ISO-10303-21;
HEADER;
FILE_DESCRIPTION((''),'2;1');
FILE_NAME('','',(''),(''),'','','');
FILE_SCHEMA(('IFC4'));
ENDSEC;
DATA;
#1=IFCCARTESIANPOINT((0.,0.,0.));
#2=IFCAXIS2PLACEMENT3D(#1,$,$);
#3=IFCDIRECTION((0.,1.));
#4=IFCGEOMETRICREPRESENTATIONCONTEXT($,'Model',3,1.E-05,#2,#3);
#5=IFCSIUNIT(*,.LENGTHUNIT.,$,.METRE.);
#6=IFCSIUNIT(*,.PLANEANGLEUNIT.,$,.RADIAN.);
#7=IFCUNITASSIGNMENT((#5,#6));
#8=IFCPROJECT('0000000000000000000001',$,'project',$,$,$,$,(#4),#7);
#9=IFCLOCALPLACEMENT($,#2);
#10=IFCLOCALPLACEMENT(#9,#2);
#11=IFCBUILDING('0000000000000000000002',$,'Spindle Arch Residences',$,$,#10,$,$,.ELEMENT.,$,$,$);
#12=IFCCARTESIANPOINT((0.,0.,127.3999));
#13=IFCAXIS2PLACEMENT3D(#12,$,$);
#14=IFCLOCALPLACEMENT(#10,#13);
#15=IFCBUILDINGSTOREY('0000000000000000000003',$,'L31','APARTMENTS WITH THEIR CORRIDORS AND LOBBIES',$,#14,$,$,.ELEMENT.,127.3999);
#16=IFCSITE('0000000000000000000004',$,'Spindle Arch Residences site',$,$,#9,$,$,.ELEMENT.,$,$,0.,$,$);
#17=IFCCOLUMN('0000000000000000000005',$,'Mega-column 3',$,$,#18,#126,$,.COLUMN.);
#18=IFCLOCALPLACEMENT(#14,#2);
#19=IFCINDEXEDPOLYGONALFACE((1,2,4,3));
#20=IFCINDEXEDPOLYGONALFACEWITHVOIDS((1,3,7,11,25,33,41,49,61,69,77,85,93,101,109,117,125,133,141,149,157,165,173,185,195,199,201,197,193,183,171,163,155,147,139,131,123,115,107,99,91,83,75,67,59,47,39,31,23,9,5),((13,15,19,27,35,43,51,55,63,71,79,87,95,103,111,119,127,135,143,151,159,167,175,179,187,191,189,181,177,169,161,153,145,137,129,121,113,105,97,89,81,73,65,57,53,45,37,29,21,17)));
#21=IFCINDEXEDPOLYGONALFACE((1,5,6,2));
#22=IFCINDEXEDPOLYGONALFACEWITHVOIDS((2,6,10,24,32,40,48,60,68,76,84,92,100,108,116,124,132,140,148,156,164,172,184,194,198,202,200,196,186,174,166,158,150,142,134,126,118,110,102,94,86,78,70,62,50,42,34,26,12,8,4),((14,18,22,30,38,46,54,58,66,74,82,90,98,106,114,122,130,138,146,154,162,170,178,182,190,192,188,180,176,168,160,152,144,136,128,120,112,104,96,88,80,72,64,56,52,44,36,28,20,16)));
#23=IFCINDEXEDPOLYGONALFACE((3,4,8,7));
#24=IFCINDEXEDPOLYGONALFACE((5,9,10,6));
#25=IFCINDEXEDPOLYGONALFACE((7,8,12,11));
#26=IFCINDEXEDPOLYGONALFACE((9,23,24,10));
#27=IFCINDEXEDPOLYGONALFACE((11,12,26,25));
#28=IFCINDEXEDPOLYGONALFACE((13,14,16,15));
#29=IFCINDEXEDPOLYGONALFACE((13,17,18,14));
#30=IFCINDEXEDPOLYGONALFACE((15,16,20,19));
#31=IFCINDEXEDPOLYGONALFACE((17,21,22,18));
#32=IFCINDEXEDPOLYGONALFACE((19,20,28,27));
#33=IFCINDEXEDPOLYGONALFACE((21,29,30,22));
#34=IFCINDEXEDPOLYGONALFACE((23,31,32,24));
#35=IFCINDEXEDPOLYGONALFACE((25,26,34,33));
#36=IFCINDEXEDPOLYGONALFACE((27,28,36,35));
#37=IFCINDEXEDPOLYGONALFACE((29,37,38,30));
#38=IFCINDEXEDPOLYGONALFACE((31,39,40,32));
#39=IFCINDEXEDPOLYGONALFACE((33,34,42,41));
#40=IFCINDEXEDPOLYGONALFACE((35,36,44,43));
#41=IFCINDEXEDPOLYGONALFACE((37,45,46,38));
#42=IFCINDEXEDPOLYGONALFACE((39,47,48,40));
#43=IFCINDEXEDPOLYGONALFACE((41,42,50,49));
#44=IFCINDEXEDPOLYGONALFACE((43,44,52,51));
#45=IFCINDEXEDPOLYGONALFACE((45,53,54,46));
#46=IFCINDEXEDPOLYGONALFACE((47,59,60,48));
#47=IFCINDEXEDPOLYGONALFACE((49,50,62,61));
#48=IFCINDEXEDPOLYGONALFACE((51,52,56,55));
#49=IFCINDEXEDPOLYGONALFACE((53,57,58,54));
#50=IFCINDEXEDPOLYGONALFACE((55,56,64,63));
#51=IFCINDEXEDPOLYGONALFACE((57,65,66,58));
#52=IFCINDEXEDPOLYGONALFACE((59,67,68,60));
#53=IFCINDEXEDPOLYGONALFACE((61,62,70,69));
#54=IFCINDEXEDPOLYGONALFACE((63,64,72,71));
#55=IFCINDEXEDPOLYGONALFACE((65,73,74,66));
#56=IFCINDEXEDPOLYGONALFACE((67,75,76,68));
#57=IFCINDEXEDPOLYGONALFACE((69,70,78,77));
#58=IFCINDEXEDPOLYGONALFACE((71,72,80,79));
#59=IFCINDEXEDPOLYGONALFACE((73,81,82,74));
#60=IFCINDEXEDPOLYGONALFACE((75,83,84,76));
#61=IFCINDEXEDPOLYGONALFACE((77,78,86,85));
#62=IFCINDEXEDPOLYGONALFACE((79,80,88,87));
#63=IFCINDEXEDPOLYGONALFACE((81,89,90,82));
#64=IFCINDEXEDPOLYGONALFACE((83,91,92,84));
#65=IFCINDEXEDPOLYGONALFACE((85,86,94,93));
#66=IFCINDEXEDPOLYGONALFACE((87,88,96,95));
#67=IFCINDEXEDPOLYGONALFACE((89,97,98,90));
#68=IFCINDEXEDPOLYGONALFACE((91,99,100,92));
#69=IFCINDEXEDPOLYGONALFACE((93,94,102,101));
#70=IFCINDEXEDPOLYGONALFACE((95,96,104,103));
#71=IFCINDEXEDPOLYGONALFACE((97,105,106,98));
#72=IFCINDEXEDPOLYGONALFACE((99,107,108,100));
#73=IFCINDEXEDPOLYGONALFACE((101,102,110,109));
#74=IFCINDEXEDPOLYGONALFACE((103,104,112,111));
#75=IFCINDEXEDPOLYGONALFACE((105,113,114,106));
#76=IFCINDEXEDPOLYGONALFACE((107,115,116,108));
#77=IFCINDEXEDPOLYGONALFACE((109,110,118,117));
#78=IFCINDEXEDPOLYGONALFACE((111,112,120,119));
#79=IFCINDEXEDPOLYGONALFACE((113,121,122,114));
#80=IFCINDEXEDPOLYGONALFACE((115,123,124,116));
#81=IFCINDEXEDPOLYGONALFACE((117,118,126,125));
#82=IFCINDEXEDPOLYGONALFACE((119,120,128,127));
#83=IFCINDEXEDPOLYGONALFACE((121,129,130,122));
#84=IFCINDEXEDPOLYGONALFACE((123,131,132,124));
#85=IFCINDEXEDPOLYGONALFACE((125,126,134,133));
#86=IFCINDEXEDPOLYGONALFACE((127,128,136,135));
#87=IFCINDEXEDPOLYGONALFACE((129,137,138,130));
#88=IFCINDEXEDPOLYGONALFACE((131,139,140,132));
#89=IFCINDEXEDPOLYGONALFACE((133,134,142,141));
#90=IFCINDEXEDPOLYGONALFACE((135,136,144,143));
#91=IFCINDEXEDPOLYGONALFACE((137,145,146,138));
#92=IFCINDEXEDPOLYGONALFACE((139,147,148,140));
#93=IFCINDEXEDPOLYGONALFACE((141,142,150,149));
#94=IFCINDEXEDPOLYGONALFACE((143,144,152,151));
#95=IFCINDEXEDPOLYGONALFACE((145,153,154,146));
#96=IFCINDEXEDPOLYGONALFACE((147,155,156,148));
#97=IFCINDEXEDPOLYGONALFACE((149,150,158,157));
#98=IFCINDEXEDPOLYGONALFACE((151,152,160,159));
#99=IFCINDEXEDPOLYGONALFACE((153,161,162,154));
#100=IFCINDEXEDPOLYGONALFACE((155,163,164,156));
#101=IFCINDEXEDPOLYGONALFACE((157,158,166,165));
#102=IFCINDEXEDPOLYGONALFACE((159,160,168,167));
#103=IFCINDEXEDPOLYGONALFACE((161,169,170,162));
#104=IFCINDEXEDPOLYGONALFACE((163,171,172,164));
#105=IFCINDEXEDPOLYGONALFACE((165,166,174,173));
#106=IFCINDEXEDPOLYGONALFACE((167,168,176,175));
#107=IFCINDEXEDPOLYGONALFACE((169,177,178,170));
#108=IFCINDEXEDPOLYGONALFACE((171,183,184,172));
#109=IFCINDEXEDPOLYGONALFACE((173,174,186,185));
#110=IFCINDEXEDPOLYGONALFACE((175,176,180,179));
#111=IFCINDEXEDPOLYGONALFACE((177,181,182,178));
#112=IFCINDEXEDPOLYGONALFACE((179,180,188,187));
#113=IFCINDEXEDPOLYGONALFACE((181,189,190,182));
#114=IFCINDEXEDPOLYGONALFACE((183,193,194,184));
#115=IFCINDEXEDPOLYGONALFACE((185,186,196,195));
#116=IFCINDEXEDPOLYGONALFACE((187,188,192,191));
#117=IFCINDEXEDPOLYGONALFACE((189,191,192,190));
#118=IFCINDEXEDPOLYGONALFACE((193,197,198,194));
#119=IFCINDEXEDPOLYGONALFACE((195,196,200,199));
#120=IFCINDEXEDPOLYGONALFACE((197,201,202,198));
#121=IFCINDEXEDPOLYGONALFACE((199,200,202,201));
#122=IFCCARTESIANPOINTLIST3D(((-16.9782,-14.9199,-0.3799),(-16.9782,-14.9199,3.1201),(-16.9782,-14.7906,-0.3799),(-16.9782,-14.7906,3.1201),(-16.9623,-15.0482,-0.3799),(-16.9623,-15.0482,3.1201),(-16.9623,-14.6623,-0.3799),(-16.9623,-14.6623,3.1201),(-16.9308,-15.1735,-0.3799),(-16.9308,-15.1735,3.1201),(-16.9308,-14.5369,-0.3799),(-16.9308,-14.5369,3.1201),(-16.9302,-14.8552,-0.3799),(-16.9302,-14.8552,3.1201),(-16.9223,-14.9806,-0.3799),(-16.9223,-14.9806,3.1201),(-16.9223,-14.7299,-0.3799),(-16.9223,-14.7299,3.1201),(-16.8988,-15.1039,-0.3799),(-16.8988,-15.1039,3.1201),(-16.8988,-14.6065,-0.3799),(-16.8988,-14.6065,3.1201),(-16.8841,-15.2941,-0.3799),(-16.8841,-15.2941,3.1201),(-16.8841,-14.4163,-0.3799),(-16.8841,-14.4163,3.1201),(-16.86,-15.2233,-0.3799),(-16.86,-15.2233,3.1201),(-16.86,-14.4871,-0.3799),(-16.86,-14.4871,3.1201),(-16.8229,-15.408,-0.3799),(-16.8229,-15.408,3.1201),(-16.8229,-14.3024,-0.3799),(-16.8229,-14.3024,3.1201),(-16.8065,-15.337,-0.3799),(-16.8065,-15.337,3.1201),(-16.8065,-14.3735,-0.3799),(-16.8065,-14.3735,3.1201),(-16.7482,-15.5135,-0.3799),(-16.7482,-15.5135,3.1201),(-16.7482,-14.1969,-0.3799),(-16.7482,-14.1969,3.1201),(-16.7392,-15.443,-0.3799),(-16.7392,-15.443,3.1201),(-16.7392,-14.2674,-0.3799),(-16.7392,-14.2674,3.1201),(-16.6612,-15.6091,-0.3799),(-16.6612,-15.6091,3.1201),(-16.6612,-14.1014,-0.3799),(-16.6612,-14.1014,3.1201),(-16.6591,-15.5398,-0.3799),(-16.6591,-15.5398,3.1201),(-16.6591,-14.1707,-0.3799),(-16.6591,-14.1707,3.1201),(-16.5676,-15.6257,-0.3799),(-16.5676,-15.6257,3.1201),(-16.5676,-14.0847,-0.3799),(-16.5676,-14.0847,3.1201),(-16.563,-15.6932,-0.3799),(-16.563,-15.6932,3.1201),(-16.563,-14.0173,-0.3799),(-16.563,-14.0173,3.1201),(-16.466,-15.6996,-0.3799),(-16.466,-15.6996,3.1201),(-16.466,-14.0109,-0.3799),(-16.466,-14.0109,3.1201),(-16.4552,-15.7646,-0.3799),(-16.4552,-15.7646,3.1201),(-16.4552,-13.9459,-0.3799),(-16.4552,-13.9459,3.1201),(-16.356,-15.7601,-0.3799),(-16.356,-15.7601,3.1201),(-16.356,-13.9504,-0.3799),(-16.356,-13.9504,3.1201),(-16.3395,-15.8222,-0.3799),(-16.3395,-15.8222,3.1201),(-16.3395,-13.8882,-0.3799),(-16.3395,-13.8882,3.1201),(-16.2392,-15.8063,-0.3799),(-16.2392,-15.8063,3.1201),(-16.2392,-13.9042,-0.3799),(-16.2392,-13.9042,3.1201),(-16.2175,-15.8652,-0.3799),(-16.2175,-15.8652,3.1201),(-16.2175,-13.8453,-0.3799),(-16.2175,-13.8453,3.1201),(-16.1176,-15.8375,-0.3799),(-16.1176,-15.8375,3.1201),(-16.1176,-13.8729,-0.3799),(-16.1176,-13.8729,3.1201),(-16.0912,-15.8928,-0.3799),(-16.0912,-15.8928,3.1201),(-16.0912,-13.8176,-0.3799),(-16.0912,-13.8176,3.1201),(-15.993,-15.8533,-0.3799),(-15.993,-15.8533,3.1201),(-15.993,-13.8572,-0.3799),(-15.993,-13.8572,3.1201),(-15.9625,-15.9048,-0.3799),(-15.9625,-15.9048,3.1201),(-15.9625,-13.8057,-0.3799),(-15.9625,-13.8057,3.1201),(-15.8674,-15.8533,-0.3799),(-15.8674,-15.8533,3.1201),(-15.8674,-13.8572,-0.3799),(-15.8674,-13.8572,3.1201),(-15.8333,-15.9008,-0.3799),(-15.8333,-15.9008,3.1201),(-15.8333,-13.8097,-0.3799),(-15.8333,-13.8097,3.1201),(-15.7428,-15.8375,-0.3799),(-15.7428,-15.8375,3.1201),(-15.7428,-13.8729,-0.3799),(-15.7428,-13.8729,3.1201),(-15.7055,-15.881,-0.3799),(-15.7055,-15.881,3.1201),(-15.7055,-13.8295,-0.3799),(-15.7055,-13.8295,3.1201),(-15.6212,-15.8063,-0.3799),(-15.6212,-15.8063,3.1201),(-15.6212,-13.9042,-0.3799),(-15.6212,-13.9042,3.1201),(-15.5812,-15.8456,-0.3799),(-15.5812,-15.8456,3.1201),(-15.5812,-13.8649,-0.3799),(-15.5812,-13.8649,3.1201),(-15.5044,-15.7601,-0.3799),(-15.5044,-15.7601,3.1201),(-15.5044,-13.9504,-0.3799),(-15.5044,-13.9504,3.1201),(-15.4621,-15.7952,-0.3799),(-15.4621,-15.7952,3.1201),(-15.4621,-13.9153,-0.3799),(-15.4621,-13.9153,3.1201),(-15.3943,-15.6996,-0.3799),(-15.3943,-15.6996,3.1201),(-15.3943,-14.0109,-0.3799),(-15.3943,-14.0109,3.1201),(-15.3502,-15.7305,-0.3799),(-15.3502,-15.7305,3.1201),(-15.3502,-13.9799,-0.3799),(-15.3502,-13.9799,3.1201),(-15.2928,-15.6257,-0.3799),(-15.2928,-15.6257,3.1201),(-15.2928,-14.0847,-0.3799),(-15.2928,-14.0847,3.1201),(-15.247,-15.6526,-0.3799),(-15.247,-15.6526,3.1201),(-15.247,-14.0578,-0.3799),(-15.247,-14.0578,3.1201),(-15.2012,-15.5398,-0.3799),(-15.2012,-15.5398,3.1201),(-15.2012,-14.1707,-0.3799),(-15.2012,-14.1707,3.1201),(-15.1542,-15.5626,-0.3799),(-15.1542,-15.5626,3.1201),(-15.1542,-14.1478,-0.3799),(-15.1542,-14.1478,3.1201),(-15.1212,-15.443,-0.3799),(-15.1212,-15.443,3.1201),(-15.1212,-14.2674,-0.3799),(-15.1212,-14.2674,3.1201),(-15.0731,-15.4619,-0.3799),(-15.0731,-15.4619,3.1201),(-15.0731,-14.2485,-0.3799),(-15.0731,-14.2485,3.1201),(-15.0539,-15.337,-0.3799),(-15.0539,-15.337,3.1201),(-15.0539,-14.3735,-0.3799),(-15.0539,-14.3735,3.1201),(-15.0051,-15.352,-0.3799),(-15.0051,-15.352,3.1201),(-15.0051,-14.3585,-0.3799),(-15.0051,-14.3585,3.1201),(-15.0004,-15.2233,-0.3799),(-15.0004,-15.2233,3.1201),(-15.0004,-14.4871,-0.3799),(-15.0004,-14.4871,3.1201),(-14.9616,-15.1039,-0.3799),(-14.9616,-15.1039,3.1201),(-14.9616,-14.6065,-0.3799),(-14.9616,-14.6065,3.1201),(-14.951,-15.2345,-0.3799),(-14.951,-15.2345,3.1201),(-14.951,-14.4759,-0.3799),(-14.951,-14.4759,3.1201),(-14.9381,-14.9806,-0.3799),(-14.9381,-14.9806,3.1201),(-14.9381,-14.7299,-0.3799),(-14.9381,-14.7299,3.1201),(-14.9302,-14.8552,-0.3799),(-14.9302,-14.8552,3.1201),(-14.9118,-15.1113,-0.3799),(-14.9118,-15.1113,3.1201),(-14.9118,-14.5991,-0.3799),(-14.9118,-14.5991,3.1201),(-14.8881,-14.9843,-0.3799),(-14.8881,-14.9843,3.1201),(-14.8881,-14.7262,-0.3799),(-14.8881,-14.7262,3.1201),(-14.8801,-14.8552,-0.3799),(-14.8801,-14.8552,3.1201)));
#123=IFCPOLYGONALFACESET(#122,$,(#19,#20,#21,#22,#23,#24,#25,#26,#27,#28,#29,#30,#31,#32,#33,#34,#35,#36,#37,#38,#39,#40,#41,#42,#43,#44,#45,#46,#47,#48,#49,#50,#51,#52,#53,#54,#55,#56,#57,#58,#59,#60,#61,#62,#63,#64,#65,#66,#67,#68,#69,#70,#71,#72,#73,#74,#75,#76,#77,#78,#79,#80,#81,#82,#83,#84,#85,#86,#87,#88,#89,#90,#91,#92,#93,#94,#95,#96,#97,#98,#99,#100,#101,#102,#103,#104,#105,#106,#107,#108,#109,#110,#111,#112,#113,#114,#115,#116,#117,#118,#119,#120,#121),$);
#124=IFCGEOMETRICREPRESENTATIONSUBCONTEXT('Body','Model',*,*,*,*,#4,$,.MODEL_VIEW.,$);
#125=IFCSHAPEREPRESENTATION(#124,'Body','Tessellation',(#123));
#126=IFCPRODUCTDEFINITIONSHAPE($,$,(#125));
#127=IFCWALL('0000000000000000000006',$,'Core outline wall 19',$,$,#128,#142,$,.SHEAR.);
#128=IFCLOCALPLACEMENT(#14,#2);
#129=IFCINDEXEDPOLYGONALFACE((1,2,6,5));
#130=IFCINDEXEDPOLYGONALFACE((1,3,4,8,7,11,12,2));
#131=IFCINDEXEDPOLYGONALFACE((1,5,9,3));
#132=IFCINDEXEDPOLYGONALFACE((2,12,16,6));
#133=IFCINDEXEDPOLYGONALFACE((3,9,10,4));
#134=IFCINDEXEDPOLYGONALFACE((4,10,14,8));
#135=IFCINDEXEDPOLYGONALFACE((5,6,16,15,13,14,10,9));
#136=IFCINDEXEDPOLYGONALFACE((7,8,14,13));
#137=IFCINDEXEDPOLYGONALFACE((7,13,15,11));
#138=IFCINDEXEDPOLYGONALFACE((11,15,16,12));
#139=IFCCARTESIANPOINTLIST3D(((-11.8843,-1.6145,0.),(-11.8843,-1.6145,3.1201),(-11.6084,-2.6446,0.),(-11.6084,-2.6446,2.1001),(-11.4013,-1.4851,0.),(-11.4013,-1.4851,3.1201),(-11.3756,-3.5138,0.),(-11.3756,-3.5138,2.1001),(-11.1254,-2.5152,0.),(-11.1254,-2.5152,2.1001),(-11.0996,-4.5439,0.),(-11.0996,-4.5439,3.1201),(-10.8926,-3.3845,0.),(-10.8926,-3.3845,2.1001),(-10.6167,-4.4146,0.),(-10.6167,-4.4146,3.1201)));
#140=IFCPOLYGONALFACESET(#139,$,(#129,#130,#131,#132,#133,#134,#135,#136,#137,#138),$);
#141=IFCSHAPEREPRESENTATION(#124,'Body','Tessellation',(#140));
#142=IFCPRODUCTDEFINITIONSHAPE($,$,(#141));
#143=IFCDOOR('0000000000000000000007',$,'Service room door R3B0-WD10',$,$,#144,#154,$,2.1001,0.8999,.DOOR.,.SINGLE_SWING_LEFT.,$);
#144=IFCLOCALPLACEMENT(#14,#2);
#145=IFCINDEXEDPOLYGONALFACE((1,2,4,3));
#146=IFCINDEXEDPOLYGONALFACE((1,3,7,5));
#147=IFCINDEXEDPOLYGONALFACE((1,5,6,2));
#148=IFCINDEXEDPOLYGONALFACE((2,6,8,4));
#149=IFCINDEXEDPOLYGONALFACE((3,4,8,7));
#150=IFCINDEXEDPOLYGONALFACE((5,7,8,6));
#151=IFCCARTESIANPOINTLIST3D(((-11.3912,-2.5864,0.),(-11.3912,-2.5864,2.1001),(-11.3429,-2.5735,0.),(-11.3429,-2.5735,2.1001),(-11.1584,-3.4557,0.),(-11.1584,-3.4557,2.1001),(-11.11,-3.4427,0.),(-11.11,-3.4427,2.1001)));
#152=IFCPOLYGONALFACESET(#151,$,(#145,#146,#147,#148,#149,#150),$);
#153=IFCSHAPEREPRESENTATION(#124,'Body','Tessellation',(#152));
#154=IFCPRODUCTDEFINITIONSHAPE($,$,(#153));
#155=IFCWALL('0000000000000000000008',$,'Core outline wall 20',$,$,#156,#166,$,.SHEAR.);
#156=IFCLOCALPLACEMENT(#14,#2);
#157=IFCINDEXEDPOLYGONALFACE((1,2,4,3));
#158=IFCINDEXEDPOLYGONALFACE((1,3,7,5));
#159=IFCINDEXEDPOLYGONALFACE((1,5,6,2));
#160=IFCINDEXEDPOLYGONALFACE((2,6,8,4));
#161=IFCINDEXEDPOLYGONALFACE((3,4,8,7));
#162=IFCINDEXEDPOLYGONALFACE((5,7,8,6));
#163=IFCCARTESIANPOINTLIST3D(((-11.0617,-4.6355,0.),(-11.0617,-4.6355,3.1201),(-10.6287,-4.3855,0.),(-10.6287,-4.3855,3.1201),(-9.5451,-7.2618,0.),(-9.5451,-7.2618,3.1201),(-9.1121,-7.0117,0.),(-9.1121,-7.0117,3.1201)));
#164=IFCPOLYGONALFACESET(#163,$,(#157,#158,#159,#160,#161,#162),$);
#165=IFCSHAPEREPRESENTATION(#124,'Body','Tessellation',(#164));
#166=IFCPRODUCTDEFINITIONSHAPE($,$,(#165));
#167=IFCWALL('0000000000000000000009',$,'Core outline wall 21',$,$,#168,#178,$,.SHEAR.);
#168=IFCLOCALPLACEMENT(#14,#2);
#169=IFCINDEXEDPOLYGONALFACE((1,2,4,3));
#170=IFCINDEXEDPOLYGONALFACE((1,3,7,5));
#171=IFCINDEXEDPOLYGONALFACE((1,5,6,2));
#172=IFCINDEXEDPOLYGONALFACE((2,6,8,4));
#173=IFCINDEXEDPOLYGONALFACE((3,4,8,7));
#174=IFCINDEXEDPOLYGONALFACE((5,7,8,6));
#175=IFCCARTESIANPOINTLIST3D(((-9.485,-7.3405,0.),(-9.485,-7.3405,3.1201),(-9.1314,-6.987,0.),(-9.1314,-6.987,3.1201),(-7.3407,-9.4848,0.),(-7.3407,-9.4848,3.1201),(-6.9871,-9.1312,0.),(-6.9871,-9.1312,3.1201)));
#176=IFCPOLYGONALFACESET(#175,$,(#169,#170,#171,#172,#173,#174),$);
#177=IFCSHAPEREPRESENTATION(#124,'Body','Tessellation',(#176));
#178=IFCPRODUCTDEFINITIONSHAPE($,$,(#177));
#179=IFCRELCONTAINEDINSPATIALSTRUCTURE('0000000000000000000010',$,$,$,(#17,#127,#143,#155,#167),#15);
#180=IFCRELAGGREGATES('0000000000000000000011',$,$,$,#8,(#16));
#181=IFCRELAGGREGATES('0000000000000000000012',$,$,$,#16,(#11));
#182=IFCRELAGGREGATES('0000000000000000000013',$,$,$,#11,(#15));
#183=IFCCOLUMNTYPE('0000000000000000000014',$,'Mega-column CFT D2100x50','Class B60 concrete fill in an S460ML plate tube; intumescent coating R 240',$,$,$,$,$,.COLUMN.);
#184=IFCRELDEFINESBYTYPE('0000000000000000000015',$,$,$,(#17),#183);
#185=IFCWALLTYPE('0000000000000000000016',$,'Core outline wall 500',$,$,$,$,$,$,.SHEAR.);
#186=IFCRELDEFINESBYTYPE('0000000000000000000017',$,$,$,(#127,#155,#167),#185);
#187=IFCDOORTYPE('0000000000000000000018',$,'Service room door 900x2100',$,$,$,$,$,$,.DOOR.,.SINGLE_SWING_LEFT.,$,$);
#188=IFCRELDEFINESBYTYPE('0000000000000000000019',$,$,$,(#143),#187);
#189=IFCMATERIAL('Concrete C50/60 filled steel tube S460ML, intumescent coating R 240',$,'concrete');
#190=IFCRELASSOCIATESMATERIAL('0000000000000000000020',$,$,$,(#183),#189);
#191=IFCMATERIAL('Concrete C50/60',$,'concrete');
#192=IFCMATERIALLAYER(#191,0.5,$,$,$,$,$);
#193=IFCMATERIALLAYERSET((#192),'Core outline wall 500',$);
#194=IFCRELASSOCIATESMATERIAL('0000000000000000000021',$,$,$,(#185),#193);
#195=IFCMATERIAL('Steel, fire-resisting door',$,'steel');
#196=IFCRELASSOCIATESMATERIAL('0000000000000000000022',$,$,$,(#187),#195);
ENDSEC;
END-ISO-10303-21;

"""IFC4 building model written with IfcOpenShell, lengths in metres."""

from ifc_helpers import new_model, si_unit, direction, frame, frame_2d, origin, origin_2d, place, context, subcontext, project, spatial, rectangle, hollow_circle, extrude, material, layer, layer_set, material_profile, profile_set, type_object, element, fill, save


model = new_model("IFC4")

# Units and contexts
model_context = context("Model", 3, precision=1e-05, world=origin(), true_north=direction((0.0, 1.0)))
body_context = subcontext(model_context, "Body", "Model", "MODEL_VIEW")
ifc_project = project(units=[si_unit("LENGTHUNIT", "METRE"), si_unit("PLANEANGLEUNIT", "RADIAN")], contexts=[model_context])

# Site, building, storey
site_placement = place(None, origin())
site = spatial("IfcSite", under=ifc_project, at=site_placement, Name="Spindle Arch Residences site", CompositionType="ELEMENT", RefElevation=0.0)
building_placement = place(site_placement, origin())
building = spatial("IfcBuilding", under=site, at=building_placement, Name="Spindle Arch Residences", CompositionType="ELEMENT")
storey_placement = place(building_placement, frame((0.0, 0.0, 127.3999)))
storey = spatial("IfcBuildingStorey", under=building, at=storey_placement, Name="L31", Description="APARTMENTS WITH THEIR CORRIDORS AND LOBBIES", CompositionType="ELEMENT", Elevation=127.3999)

# Column
ifc_material_1 = material(Name="Concrete C50/60 filled steel tube S460ML, intumescent coating R 240", Category="concrete")
ifc_material_profile = material_profile(ifc_material_1, hollow_circle(Radius=1.05, WallThickness=0.05, at=origin_2d()), Name="CFT D2100x50")
ifc_profile_set = profile_set([ifc_material_profile], Name="Concrete C50/60 filled steel tube S460ML, intumescent coating R 240")
column_type = type_object("IfcColumnType", Name="Mega-column CFT D2100x50", Description="Class B60 concrete fill in an S460ML plate tube; intumescent coating R 240", PredefinedType="COLUMN", material=ifc_profile_set)
column_placement = place(storey_placement, frame((-15.9302, -14.8552, -0.3799), z_axis=(0.0, 0.0, 1.0), x_axis=(1.0, 0.0, 0.0)))
element("IfcColumn", 1, at=column_placement, inside=storey, type_object=column_type, Name="Mega-column 3", PredefinedType="COLUMN", context=body_context, shape_type="SweptSolid", body=[
    extrude(hollow_circle(Radius=1.05, WallThickness=0.05, at=origin_2d()), origin(), (0.0, 0.0, 1.0), 3.5),
])

# Wall, opening, door
ifc_material_2 = material(Name="Concrete C50/60", Category="concrete")
ifc_layer_1 = layer(ifc_material_2, 0.5)
ifc_layer_set_1 = layer_set([ifc_layer_1], Name="Core outline wall 500")
wall_type_1 = type_object("IfcWallType", Name="Core outline wall 500", PredefinedType="SHEAR", material=ifc_layer_set_1)
wall_1_placement = place(storey_placement, frame((-11.6428, -1.5498, 0.0), z_axis=(0.0, 0.0, 1.0), x_axis=(0.258735, -0.965948, 0.0)))
wall_1 = element("IfcWall", 2, at=wall_1_placement, inside=storey, type_object=wall_type_1, Name="Core outline wall 19", PredefinedType="SHEAR", context=body_context, shape_type="SweptSolid", body=[
    extrude(rectangle(XDim=3.0327, YDim=0.5, at=frame_2d((1.5164, 0.0))), origin(), (0.0, 0.0, 1.0), 3.1201),
])
opening_1_placement = place(wall_1_placement, frame((1.0664, 0.0, 0.0)))
opening_1 = element("IfcOpeningElement", 3, at=opening_1_placement, cuts=wall_1, PredefinedType="OPENING", context=body_context, shape_type="SweptSolid", body=[
    extrude(rectangle(XDim=0.8999, YDim=2.1001, at=frame_2d((0.45, 1.05))), frame((0.0, 0.26, 0.0), z_axis=(0.0, -1.0, 0.0), x_axis=(1.0, 0.0, 0.0)), (0.0, 0.0, 1.0), 0.52),
])
ifc_material_3 = material(Name="Steel, fire-resisting door", Category="steel")
door_type_1 = type_object("IfcDoorType", Name="Service room door 900x2100", OperationType="SINGLE_SWING_LEFT", PredefinedType="DOOR", material=ifc_material_3)
door_1_placement = place(opening_1_placement, origin())
door_1 = element("IfcDoor", 4, at=door_1_placement, inside=storey, type_object=door_type_1, Name="Service room door R3B0-WD10", OperationType="SINGLE_SWING_LEFT", OverallHeight=2.1001, OverallWidth=0.8999, PredefinedType="DOOR", context=body_context, shape_type="SweptSolid", body=[
    extrude(rectangle(XDim=0.8999, YDim=2.1001, at=frame_2d((0.45, 1.05))), frame((0.0, 0.0249, 0.0), z_axis=(0.0, -1.0, 0.0), x_axis=(1.0, 0.0, 0.0)), (0.0, 0.0, 1.0), 0.05),
])
fill(opening_1, door_1)

# Walls
wall_2_placement = place(storey_placement, frame((-10.8452, -4.5105, 0.0), z_axis=(0.0, 0.0, 1.0), x_axis=(0.500087, -0.865975, 0.0)))
element("IfcWall", 5, at=wall_2_placement, inside=storey, type_object=wall_type_1, Name="Core outline wall 20", PredefinedType="SHEAR", context=body_context, shape_type="SweptSolid", body=[
    extrude(rectangle(XDim=3.0327, YDim=0.5, at=frame_2d((1.5164, 0.0))), origin(), (0.0, 0.0, 1.0), 3.1201),
])
wall_3_placement = place(storey_placement, frame((-9.3081, -7.1638, 0.0), z_axis=(0.0, 0.0, 1.0), x_axis=(0.707107, -0.707107, 0.0)))
element("IfcWall", 6, at=wall_3_placement, inside=storey, type_object=wall_type_1, Name="Core outline wall 21", PredefinedType="SHEAR", context=body_context, shape_type="SweptSolid", body=[
    extrude(rectangle(XDim=3.0325, YDim=0.5, at=frame_2d((1.5161, 0.0))), origin(), (0.0, 0.0, 1.0), 3.1201),
])

save(model, "model.ifc")
